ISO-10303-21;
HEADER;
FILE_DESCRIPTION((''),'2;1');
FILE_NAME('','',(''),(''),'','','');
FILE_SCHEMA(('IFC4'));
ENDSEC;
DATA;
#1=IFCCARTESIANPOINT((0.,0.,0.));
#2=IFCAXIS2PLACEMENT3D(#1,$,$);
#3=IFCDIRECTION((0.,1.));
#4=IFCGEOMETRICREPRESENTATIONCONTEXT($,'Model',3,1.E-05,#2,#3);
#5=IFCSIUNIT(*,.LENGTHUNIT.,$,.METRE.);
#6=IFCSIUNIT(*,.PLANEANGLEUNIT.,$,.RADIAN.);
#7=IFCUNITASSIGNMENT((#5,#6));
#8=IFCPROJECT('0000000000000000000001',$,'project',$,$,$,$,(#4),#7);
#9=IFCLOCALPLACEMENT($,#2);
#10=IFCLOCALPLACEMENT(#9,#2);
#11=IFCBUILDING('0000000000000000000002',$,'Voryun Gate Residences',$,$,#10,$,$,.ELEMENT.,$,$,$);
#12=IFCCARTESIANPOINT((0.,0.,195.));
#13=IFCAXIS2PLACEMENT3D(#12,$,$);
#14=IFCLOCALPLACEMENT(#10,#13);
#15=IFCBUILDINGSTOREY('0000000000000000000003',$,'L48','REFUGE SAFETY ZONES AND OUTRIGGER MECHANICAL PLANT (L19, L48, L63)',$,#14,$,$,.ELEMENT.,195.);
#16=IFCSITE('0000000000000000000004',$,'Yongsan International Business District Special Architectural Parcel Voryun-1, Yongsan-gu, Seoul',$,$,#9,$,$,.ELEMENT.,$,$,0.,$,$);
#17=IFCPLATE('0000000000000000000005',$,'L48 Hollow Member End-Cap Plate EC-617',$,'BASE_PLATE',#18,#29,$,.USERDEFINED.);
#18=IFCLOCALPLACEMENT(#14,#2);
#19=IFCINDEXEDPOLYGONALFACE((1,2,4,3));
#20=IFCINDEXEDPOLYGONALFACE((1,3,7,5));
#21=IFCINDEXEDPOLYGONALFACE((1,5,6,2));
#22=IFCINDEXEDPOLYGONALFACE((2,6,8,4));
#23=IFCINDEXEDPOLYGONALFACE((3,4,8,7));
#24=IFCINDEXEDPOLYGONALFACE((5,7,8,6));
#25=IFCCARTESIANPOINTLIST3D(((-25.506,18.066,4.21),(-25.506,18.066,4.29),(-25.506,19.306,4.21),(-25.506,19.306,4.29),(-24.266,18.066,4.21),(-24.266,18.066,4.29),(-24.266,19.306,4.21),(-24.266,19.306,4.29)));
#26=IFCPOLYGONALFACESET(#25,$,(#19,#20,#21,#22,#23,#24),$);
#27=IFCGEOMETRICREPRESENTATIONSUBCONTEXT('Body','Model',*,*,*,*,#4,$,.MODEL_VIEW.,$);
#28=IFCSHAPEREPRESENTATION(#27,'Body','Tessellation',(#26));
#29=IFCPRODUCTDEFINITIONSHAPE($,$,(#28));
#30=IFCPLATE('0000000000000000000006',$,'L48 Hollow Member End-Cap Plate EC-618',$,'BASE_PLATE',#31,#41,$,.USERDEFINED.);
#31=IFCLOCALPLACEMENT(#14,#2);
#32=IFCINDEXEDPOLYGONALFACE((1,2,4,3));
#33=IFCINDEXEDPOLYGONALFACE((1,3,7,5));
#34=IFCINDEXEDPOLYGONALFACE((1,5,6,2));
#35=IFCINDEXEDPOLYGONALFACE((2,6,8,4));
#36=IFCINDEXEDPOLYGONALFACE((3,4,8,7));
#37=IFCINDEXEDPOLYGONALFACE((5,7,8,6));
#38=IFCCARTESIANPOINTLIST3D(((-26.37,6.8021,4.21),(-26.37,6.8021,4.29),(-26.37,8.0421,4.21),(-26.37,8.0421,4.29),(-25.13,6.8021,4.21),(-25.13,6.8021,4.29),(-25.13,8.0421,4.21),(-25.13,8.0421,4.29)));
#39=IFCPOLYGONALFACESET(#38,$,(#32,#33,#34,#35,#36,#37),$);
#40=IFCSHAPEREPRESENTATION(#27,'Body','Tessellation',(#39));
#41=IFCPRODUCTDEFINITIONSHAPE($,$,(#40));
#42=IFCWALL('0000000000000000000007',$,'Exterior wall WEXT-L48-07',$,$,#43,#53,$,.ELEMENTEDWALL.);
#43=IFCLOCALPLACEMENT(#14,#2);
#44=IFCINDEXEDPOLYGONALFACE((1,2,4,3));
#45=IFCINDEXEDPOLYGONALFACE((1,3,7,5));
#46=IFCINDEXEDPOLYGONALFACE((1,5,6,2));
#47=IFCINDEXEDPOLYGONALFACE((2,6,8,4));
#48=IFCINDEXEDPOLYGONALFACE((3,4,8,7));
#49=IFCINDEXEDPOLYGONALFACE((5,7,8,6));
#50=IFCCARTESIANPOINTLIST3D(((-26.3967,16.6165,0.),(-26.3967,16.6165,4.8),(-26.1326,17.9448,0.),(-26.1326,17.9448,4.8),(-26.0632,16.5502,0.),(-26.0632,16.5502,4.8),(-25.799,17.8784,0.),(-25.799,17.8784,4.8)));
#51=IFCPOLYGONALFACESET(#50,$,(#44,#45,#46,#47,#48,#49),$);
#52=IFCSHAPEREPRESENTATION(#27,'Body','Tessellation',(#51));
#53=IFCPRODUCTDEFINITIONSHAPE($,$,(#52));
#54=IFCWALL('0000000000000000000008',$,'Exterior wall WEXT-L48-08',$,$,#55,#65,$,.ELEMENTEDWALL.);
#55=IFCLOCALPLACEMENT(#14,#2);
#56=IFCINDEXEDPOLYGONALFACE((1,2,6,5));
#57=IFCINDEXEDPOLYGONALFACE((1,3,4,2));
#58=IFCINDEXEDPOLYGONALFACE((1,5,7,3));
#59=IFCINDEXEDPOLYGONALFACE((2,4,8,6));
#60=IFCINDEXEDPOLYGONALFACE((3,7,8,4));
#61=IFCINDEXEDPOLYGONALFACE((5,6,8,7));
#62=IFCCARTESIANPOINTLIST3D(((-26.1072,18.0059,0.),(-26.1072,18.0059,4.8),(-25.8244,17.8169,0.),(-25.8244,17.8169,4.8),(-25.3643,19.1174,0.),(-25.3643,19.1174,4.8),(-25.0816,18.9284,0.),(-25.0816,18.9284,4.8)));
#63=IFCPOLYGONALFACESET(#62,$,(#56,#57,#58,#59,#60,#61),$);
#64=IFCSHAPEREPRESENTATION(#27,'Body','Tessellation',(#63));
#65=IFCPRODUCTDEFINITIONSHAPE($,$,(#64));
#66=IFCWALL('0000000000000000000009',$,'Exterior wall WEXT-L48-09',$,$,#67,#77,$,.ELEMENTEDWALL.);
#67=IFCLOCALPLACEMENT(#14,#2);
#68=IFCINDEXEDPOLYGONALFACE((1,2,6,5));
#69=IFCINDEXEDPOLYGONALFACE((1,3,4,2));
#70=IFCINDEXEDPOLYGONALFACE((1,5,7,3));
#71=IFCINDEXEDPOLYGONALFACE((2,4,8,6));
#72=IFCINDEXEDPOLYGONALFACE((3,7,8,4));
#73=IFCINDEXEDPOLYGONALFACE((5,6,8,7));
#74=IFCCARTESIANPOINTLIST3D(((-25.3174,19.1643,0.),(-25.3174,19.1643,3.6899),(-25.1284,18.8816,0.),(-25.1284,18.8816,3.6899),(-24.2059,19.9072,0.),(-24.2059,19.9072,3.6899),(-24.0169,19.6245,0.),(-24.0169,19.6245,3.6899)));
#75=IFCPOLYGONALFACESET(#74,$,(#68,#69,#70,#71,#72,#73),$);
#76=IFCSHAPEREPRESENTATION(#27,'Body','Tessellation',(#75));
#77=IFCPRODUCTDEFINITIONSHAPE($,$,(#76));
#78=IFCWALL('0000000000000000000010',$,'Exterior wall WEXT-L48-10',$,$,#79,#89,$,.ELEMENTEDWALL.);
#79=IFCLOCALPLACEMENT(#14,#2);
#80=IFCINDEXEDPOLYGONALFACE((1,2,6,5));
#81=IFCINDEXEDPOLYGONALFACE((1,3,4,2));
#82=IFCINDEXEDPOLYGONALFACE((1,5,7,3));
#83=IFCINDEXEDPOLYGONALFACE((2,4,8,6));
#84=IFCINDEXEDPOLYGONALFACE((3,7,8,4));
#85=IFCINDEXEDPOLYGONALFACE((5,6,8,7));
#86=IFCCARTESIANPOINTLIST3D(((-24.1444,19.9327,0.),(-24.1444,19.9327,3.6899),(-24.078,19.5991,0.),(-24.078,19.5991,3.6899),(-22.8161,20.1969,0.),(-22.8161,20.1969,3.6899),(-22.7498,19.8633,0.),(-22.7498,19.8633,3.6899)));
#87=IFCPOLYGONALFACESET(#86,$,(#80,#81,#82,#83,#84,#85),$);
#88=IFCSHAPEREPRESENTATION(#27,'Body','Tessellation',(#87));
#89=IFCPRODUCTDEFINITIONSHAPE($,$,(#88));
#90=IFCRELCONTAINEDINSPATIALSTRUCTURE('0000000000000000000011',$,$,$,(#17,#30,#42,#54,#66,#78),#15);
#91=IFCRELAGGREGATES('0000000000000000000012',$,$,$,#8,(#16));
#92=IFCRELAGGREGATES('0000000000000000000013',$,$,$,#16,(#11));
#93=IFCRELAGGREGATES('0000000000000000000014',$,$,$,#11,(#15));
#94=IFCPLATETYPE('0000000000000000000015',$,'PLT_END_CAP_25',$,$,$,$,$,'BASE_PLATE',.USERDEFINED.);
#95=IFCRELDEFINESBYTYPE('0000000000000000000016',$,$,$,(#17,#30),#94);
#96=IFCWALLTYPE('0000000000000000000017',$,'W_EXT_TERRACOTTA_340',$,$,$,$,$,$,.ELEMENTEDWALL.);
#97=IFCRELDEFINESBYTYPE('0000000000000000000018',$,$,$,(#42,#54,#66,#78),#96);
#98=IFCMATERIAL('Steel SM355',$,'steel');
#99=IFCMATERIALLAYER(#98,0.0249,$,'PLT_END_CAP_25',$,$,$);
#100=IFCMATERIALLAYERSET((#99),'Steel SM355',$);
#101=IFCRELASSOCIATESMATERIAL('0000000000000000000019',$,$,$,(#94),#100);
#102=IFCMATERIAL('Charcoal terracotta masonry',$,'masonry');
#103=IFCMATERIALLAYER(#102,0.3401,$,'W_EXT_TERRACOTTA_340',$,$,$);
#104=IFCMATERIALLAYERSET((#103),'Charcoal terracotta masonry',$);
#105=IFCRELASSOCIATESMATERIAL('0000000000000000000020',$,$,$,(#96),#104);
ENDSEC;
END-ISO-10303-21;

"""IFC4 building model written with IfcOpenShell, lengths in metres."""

from ifc_helpers import new_model, si_unit, direction, frame, frame_2d, origin, origin_2d, place, context, subcontext, project, spatial, rectangle, extrude, material, layer, layer_set, type_object, element, save


model = new_model("IFC4")

# Units and contexts
model_context = context("Model", 3, precision=1e-05, world=origin(), true_north=direction((0.0, 1.0)))
body_context = subcontext(model_context, "Body", "Model", "MODEL_VIEW")
ifc_project = project(units=[si_unit("LENGTHUNIT", "METRE"), si_unit("PLANEANGLEUNIT", "RADIAN")], contexts=[model_context])

# Site, building, storey
site_placement = place(None, origin())
site = spatial("IfcSite", under=ifc_project, at=site_placement, Name="Yongsan International Business District Special Architectural Parcel Voryun-1, Yongsan-gu, Seoul", CompositionType="ELEMENT", RefElevation=0.0)
building_placement = place(site_placement, origin())
building = spatial("IfcBuilding", under=site, at=building_placement, Name="Voryun Gate Residences", CompositionType="ELEMENT")
storey_placement = place(building_placement, frame((0.0, 0.0, 195.0)))
storey = spatial("IfcBuildingStorey", under=building, at=storey_placement, Name="L48", Description="REFUGE SAFETY ZONES AND OUTRIGGER MECHANICAL PLANT (L19, L48, L63)", CompositionType="ELEMENT", Elevation=195.0)

# Plates
ifc_material_1 = material(Name="Steel SM355", Category="steel")
ifc_layer_1 = layer(ifc_material_1, 0.0249, Name="PLT_END_CAP_25")
ifc_layer_set_1 = layer_set([ifc_layer_1], Name="Steel SM355")
plate_type = type_object("IfcPlateType", Name="PLT_END_CAP_25", ElementType="BASE_PLATE", PredefinedType="USERDEFINED", material=ifc_layer_set_1)
for number, where, z_axis, x_axis, name in (
    (1, (-24.886, 18.686, 4.21), (0.0, 0.0, 1.0), (1.0, 0.0, 0.0), "L48 Hollow Member End-Cap Plate EC-617"),
    (2, (-25.75, 7.4221, 4.21), (0.0, 0.0, 1.0), (1.0, 0.0, 0.0), "L48 Hollow Member End-Cap Plate EC-618"),
):
    element("IfcPlate", number, at=place(storey_placement, frame(where, z_axis=z_axis, x_axis=x_axis)), inside=storey, type_object=plate_type, Name=name, ObjectType="BASE_PLATE", PredefinedType="USERDEFINED", context=body_context, shape_type="SweptSolid", body=[
        extrude(rectangle(XDim=1.24, YDim=1.24, at=origin_2d()), origin(), (0.0, 0.0, 1.0), 0.0801),
    ])

# Walls
ifc_material_2 = material(Name="Charcoal terracotta masonry", Category="masonry")
ifc_layer_2 = layer(ifc_material_2, 0.3401, Name="W_EXT_TERRACOTTA_340")
ifc_layer_set_2 = layer_set([ifc_layer_2], Name="Charcoal terracotta masonry")
wall_type_1 = type_object("IfcWallType", Name="W_EXT_TERRACOTTA_340", PredefinedType="ELEMENTEDWALL", material=ifc_layer_set_2)
wall_1_placement = place(storey_placement, frame((-26.23, 16.5833, 0.0), z_axis=(0.0, 0.0, 1.0), x_axis=(0.195076, 0.980788, 0.0)))
element("IfcWall", 3, at=wall_1_placement, inside=storey, type_object=wall_type_1, Name="Exterior wall WEXT-L48-07", PredefinedType="ELEMENTEDWALL", context=body_context, shape_type="SweptSolid", body=[
    extrude(rectangle(XDim=1.3542, YDim=0.3401, at=frame_2d((0.6772, 0.0))), origin(), (0.0, 0.0, 1.0), 4.8),
])
wall_2_placement = place(storey_placement, frame((-25.9658, 17.9114, 0.0), z_axis=(0.0, 0.0, 1.0), x_axis=(0.555669, 0.831404, 0.0)))
element("IfcWall", 4, at=wall_2_placement, inside=storey, type_object=wall_type_1, Name="Exterior wall WEXT-L48-08", PredefinedType="ELEMENTEDWALL", context=body_context, shape_type="SweptSolid", body=[
    extrude(rectangle(XDim=1.3369, YDim=0.3401, at=frame_2d((0.6685, 0.0))), origin(), (0.0, 0.0, 1.0), 4.8),
])
wall_3_placement = place(storey_placement, frame((-25.2229, 19.0229, 0.0), z_axis=(0.0, 0.0, 1.0), x_axis=(0.831404, 0.555669, 0.0)))
element("IfcWall", 5, at=wall_3_placement, inside=storey, type_object=wall_type_1, Name="Exterior wall WEXT-L48-09", PredefinedType="ELEMENTEDWALL", context=body_context, shape_type="SweptSolid", body=[
    extrude(rectangle(XDim=1.3369, YDim=0.3401, at=frame_2d((0.6685, 0.0))), origin(), (0.0, 0.0, 1.0), 3.6899),
])
wall_4_placement = place(storey_placement, frame((-24.1113, 19.7659, 0.0), z_axis=(0.0, 0.0, 1.0), x_axis=(0.980788, 0.195076, 0.0)))
element("IfcWall", 6, at=wall_4_placement, inside=storey, type_object=wall_type_1, Name="Exterior wall WEXT-L48-10", PredefinedType="ELEMENTEDWALL", context=body_context, shape_type="SweptSolid", body=[
    extrude(rectangle(XDim=1.3542, YDim=0.3401, at=frame_2d((0.6772, 0.0))), origin(), (0.0, 0.0, 1.0), 3.6899),
])

save(model, "model.ifc")
